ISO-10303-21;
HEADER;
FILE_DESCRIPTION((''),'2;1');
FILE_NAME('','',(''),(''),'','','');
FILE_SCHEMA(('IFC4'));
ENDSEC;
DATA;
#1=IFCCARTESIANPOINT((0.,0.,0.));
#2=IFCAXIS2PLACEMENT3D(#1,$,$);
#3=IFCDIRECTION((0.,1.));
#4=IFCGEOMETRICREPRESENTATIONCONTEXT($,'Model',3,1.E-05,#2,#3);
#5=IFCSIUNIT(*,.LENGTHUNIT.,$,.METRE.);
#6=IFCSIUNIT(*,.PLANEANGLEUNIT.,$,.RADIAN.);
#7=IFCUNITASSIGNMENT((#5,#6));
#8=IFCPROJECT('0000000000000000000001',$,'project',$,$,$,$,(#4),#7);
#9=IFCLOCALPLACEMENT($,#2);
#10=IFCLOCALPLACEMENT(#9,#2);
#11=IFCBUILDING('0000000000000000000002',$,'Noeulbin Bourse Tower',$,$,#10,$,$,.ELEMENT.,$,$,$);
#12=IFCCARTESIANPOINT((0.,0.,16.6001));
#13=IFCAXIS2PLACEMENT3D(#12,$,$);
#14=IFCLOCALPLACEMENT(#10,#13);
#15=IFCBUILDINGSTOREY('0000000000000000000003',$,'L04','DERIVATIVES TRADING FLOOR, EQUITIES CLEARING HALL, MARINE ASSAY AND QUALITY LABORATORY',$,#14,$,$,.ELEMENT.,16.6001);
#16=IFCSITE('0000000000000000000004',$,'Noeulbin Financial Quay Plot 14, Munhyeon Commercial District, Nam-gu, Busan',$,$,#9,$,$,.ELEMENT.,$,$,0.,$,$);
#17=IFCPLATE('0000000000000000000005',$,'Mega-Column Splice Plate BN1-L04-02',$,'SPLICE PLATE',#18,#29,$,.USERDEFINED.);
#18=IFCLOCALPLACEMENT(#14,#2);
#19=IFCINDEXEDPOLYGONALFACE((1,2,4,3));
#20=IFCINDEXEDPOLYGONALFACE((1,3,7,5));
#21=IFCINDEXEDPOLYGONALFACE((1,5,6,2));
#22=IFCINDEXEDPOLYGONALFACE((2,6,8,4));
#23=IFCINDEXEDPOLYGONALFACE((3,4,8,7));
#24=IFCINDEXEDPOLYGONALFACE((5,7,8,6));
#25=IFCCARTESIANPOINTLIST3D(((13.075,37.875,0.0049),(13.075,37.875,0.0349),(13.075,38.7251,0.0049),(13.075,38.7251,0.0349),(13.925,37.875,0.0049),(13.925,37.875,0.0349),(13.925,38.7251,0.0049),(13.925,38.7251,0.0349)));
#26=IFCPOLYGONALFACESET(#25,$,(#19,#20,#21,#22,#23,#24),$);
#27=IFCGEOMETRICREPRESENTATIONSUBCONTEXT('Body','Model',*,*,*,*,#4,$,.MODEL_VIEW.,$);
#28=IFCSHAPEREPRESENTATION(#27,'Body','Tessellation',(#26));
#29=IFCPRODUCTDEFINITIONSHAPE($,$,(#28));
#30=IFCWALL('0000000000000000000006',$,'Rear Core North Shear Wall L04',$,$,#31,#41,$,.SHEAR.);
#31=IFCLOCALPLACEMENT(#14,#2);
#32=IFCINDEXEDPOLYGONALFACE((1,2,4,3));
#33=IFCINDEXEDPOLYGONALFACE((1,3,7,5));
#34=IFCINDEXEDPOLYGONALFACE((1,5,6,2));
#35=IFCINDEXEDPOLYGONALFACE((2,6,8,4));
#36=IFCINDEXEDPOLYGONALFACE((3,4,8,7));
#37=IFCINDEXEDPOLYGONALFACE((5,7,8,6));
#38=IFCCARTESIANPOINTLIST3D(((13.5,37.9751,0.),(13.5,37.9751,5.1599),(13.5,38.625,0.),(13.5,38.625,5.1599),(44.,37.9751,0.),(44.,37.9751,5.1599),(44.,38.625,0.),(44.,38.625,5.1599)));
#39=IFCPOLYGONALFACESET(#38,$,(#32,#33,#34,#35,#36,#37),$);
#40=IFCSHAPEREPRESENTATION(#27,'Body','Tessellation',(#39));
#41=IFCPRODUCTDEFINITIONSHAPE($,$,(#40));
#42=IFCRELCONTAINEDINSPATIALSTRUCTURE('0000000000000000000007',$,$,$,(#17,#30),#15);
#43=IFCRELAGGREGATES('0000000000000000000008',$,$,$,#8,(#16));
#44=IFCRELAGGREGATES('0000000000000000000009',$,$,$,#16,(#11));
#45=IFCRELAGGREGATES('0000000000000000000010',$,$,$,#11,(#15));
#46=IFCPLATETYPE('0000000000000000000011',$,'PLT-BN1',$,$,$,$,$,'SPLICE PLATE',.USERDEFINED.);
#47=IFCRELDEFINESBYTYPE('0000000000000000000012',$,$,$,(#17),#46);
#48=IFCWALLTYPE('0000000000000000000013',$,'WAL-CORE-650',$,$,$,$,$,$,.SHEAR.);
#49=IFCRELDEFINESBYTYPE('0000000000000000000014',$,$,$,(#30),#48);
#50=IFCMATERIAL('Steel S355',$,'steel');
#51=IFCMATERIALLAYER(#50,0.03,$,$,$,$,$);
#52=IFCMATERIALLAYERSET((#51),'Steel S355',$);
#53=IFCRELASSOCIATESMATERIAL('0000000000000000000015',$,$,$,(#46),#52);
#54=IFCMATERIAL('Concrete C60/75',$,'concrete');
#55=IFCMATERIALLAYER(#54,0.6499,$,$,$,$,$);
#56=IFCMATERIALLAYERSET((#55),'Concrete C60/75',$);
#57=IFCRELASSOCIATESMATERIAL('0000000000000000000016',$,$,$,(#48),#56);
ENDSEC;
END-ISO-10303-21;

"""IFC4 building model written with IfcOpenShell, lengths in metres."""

from ifc_helpers import new_model, si_unit, direction, frame, frame_2d, origin, origin_2d, place, context, subcontext, project, spatial, rectangle, extrude, material, layer, layer_set, type_object, element, save


model = new_model("IFC4")

# Units and contexts
model_context = context("Model", 3, precision=1e-05, world=origin(), true_north=direction((0.0, 1.0)))
body_context = subcontext(model_context, "Body", "Model", "MODEL_VIEW")
ifc_project = project(units=[si_unit("LENGTHUNIT", "METRE"), si_unit("PLANEANGLEUNIT", "RADIAN")], contexts=[model_context])

# Site, building, storey
site_placement = place(None, origin())
site = spatial("IfcSite", under=ifc_project, at=site_placement, Name="Noeulbin Financial Quay Plot 14, Munhyeon Commercial District, Nam-gu, Busan", CompositionType="ELEMENT", RefElevation=0.0)
building_placement = place(site_placement, origin())
building = spatial("IfcBuilding", under=site, at=building_placement, Name="Noeulbin Bourse Tower", CompositionType="ELEMENT")
storey_placement = place(building_placement, frame((0.0, 0.0, 16.6001)))
storey = spatial("IfcBuildingStorey", under=building, at=storey_placement, Name="L04", Description="DERIVATIVES TRADING FLOOR, EQUITIES CLEARING HALL, MARINE ASSAY AND QUALITY LABORATORY", CompositionType="ELEMENT", Elevation=16.6001)

# Shared definitions
ifc_material_1 = material(Name="Concrete C60/75", Category="concrete")

# Shared definitions
ifc_material_2 = material(Name="Steel S355", Category="steel")

# Plate
ifc_layer_1 = layer(ifc_material_2, 0.03)
ifc_layer_set_1 = layer_set([ifc_layer_1], Name="Steel S355")
plate_type = type_object("IfcPlateType", Name="PLT-BN1", ElementType="SPLICE PLATE", PredefinedType="USERDEFINED", material=ifc_layer_set_1)
plate_placement = place(storey_placement, frame((13.5, 38.3, 0.0049), z_axis=(0.0, 0.0, 1.0), x_axis=(1.0, 0.0, 0.0)))
element("IfcPlate", 1, at=plate_placement, inside=storey, type_object=plate_type, Name="Mega-Column Splice Plate BN1-L04-02", ObjectType="SPLICE PLATE", PredefinedType="USERDEFINED", context=body_context, shape_type="SweptSolid", body=[
    extrude(rectangle(XDim=0.8501, YDim=0.8501, at=origin_2d()), origin(), (0.0, 0.0, 1.0), 0.03),
])

# Wall
ifc_layer_2 = layer(ifc_material_1, 0.6499)
ifc_layer_set_2 = layer_set([ifc_layer_2], Name="Concrete C60/75")
wall_type = type_object("IfcWallType", Name="WAL-CORE-650", PredefinedType="SHEAR", material=ifc_layer_set_2)
wall_placement = place(storey_placement, frame((13.5, 38.3, 0.0), z_axis=(0.0, 0.0, 1.0), x_axis=(1.0, 0.0, 0.0)))
element("IfcWall", 2, at=wall_placement, inside=storey, type_object=wall_type, Name="Rear Core North Shear Wall L04", PredefinedType="SHEAR", context=body_context, shape_type="SweptSolid", body=[
    extrude(rectangle(XDim=30.5, YDim=0.6499, at=frame_2d((15.25, 0.0))), origin(), (0.0, 0.0, 1.0), 5.1599),
])

save(model, "model.ifc")
